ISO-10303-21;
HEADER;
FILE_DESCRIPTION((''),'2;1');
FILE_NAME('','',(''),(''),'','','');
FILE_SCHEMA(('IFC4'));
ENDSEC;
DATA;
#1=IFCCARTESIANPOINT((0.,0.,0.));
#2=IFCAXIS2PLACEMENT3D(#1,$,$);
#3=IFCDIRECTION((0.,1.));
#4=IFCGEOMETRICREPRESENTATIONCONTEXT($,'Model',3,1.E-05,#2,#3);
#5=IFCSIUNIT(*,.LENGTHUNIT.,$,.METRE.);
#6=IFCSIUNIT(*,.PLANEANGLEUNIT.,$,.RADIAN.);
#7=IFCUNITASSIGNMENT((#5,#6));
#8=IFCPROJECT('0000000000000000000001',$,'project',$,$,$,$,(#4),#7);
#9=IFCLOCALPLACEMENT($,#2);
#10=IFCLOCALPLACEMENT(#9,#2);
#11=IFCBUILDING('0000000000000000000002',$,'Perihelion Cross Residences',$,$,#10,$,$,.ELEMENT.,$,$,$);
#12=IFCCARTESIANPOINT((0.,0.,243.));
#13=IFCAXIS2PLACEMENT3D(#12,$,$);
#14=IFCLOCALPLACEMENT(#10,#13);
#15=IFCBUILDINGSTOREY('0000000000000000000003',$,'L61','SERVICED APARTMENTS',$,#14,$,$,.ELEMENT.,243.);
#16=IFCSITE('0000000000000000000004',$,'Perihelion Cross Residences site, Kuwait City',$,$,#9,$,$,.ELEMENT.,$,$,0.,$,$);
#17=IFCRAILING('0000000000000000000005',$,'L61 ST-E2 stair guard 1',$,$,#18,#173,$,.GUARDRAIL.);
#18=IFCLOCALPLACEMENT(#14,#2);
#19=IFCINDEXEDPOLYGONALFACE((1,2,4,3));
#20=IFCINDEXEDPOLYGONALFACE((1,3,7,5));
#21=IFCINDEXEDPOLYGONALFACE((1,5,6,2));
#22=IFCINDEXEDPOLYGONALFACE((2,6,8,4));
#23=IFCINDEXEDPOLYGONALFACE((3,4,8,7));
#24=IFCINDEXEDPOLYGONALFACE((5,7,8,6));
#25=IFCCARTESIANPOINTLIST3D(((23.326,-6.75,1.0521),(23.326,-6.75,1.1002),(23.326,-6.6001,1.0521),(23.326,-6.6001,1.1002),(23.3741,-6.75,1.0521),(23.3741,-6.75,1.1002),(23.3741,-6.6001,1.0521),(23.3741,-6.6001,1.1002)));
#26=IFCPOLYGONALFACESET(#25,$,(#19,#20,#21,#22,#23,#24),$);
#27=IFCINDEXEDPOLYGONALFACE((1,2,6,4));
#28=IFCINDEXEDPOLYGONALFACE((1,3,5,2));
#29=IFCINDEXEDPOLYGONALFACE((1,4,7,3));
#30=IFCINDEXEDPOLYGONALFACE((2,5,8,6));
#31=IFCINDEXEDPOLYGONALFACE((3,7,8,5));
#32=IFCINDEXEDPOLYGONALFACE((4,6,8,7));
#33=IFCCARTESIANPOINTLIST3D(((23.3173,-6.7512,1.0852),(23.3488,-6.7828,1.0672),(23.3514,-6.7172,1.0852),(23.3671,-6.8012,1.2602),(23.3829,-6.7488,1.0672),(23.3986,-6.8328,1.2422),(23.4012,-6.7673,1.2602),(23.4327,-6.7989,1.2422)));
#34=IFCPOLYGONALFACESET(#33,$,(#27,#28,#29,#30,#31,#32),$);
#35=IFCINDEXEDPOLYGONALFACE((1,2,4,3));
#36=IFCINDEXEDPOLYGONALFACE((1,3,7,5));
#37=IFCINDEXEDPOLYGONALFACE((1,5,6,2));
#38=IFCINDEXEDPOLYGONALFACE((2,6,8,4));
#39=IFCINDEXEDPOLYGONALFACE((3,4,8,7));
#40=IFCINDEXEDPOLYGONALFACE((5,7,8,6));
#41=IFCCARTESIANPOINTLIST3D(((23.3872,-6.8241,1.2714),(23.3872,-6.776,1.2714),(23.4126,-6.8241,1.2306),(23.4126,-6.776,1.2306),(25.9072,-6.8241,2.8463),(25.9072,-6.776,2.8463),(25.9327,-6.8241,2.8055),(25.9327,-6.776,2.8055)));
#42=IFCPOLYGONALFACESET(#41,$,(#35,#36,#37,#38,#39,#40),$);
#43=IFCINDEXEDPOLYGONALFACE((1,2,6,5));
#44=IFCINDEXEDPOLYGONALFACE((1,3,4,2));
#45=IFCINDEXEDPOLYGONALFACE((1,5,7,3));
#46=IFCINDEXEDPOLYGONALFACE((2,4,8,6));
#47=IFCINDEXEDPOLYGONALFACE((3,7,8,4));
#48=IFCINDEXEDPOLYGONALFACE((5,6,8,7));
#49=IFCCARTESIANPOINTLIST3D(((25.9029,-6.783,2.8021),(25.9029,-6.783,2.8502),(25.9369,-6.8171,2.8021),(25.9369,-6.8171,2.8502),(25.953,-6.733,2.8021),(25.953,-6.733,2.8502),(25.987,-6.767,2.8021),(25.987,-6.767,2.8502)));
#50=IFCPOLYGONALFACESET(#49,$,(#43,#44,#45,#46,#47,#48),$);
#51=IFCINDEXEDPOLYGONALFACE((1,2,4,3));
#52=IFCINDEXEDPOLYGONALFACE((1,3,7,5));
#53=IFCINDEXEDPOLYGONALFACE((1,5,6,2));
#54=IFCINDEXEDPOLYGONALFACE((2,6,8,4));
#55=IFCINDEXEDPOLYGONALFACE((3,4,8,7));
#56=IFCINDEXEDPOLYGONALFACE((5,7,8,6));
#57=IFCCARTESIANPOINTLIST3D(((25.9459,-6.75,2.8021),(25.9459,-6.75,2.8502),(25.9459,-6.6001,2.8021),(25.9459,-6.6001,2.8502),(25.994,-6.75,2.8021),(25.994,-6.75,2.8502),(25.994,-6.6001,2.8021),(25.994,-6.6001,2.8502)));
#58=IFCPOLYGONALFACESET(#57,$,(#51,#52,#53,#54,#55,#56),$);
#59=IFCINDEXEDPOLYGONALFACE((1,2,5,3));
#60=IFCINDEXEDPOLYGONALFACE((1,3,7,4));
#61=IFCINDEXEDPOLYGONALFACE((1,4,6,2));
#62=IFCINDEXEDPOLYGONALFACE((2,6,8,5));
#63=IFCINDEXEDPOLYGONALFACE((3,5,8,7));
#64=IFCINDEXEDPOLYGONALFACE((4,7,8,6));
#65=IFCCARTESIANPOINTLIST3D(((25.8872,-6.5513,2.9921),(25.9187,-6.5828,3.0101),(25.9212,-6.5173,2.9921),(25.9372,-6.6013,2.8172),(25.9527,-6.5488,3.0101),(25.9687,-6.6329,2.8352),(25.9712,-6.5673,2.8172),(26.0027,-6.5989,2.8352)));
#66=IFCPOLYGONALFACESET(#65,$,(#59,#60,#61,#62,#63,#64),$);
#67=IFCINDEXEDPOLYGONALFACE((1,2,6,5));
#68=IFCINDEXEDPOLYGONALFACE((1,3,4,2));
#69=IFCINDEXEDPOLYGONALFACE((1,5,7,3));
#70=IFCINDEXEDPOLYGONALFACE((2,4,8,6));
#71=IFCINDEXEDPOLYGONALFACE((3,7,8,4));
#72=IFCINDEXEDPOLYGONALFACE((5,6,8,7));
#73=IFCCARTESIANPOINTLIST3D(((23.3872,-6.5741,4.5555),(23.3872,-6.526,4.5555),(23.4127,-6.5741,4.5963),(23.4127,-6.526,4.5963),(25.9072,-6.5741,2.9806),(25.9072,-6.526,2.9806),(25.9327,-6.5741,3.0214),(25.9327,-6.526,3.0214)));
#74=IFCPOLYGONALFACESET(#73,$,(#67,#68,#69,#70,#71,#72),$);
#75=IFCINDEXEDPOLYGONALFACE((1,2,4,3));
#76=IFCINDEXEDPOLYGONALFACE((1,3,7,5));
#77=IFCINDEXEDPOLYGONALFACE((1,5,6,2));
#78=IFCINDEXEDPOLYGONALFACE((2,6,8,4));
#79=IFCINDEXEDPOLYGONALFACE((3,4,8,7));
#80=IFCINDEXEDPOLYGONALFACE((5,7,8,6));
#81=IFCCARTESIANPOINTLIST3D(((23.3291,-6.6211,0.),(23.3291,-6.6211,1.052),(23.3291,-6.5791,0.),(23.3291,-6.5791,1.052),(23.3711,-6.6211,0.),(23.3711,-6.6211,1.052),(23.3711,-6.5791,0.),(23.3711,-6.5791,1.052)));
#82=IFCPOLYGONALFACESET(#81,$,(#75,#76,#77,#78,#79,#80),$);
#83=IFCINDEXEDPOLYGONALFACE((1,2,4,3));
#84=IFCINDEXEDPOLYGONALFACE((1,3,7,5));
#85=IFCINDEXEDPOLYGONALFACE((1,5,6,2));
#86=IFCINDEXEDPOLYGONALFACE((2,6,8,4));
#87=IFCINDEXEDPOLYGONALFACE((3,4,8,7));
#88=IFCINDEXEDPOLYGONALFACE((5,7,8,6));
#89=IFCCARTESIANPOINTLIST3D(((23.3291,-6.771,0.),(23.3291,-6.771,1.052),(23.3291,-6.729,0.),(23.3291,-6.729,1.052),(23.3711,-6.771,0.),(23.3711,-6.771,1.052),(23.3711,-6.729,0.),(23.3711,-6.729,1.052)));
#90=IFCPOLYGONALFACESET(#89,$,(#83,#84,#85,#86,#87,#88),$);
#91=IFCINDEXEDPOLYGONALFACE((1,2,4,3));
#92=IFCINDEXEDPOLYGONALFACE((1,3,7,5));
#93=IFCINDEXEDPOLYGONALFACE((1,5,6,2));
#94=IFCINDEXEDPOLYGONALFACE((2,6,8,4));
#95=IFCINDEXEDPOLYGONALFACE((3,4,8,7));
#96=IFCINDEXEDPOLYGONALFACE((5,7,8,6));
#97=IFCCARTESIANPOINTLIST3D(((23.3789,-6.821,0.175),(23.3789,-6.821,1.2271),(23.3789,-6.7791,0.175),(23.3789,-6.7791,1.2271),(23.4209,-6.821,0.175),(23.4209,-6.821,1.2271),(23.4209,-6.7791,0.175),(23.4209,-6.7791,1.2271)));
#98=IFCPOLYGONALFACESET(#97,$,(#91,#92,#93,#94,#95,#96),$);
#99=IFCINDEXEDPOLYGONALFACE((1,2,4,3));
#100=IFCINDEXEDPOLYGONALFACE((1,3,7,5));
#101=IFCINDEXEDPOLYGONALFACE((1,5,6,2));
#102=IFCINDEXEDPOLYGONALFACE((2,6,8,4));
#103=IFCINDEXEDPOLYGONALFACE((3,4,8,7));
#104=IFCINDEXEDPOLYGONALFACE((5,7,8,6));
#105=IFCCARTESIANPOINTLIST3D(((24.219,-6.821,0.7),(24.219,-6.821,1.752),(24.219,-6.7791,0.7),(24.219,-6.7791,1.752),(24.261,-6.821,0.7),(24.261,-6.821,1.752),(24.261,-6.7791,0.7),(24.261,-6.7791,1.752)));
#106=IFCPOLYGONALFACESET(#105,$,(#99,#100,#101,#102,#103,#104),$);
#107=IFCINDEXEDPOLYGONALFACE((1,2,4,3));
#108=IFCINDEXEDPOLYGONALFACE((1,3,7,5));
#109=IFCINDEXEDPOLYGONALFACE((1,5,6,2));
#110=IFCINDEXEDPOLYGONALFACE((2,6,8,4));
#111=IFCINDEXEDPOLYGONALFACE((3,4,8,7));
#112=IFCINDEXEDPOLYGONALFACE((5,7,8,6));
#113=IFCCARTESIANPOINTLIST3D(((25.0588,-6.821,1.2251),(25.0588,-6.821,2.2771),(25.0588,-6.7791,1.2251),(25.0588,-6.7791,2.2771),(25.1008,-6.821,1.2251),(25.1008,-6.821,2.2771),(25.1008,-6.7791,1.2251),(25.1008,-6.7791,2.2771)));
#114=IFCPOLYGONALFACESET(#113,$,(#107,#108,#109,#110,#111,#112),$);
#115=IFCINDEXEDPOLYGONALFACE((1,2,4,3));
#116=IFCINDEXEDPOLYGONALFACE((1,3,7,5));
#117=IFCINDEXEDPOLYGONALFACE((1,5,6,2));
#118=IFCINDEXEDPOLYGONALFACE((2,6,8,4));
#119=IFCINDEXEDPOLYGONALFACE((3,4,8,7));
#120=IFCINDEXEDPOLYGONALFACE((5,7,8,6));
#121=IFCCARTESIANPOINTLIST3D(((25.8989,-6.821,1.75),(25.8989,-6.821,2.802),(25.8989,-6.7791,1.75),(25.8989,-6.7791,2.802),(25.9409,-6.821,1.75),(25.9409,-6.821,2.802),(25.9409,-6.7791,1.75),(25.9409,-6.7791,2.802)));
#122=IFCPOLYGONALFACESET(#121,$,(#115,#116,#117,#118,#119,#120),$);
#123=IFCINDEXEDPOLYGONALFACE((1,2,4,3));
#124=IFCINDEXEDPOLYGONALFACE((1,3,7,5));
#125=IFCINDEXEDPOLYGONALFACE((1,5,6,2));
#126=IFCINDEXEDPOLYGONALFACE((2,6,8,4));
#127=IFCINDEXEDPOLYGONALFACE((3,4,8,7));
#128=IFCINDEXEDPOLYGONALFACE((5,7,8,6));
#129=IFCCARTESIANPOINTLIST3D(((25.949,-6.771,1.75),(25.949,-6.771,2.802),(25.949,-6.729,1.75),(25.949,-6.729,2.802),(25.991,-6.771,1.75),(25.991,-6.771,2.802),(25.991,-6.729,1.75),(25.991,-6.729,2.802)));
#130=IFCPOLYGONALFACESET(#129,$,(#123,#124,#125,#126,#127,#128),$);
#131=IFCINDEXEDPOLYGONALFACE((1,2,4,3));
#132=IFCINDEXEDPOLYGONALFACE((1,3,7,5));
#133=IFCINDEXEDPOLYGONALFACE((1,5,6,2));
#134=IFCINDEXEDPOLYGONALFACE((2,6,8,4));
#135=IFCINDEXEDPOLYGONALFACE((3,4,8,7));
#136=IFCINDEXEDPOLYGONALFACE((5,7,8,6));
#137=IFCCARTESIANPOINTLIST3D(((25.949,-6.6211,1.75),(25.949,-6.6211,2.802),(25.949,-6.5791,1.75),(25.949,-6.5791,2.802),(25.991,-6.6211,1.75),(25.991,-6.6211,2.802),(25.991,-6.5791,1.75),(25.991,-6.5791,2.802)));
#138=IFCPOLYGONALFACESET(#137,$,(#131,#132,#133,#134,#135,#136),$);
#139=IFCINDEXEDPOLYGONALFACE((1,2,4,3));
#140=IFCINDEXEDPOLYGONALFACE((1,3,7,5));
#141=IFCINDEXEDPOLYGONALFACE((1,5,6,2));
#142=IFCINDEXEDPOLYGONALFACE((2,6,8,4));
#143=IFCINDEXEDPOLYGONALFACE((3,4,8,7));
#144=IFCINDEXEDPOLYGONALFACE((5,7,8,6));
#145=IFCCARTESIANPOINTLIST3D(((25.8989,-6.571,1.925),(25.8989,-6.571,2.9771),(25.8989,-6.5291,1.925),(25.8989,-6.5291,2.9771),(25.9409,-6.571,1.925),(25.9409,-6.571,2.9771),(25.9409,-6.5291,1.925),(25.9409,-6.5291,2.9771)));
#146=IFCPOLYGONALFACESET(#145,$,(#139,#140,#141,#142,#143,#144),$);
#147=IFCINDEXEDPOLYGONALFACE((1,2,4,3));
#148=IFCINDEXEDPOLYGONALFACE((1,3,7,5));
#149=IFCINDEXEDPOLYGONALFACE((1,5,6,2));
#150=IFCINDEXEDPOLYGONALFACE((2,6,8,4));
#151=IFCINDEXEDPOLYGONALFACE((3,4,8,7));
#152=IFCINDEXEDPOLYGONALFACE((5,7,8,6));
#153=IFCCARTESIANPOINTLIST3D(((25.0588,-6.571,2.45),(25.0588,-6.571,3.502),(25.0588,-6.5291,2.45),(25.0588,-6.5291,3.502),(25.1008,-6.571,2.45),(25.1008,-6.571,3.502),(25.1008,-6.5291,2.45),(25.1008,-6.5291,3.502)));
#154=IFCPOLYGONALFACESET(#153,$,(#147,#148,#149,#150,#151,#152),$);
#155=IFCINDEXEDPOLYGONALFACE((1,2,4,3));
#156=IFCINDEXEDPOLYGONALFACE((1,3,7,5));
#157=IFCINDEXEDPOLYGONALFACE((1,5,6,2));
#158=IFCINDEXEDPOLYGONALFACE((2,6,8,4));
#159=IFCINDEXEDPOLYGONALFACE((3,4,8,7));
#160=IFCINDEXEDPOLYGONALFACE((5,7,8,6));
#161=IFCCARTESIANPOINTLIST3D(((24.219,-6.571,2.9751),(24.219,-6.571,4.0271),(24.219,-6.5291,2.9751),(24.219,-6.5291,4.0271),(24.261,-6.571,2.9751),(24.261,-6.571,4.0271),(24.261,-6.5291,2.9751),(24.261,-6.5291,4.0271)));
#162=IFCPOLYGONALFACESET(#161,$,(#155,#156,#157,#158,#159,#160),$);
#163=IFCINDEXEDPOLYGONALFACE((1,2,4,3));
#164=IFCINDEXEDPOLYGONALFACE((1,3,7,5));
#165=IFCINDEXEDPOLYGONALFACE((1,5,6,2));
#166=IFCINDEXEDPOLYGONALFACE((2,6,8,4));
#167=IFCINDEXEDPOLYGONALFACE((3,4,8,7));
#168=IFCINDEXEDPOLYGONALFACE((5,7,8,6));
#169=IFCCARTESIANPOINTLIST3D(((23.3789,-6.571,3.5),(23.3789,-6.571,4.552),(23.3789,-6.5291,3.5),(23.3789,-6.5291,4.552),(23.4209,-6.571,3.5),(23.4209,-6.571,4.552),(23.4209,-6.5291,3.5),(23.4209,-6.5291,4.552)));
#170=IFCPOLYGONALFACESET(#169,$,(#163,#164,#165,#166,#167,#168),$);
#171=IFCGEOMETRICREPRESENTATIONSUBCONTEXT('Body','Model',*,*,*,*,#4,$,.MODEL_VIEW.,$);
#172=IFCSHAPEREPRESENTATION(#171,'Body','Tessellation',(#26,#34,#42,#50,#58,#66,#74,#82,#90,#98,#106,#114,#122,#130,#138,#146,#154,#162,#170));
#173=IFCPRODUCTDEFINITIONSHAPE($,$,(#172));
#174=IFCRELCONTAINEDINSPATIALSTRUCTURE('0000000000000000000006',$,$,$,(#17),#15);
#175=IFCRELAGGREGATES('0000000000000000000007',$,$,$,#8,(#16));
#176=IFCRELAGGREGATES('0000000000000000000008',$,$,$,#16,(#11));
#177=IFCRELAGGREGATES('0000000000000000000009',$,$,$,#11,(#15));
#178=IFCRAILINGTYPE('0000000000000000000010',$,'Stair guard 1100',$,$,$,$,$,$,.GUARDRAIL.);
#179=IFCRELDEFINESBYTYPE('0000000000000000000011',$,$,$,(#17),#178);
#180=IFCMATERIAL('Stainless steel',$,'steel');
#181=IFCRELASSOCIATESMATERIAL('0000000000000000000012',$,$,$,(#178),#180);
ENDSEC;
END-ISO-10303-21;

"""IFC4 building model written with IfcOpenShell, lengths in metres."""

from ifc_helpers import new_model, si_unit, direction, frame, origin, origin_2d, place, context, subcontext, project, spatial, rectangle, extrude, material, type_object, element, save


model = new_model("IFC4")

# Units and contexts
model_context = context("Model", 3, precision=1e-05, world=origin(), true_north=direction((0.0, 1.0)))
body_context = subcontext(model_context, "Body", "Model", "MODEL_VIEW")
ifc_project = project(units=[si_unit("LENGTHUNIT", "METRE"), si_unit("PLANEANGLEUNIT", "RADIAN")], contexts=[model_context])

# Site, building, storey
site_placement = place(None, origin())
site = spatial("IfcSite", under=ifc_project, at=site_placement, Name="Perihelion Cross Residences site, Kuwait City", CompositionType="ELEMENT", RefElevation=0.0)
building_placement = place(site_placement, origin())
building = spatial("IfcBuilding", under=site, at=building_placement, Name="Perihelion Cross Residences", CompositionType="ELEMENT")
storey_placement = place(building_placement, frame((0.0, 0.0, 243.0)))
storey = spatial("IfcBuildingStorey", under=building, at=storey_placement, Name="L61", Description="SERVICED APARTMENTS", CompositionType="ELEMENT", Elevation=243.0)

# Railing
ifc_material_1 = material(Name="Stainless steel", Category="steel")
railing_type_1 = type_object("IfcRailingType", Name="Stair guard 1100", PredefinedType="GUARDRAIL", material=ifc_material_1)
railing_1_placement = place(storey_placement, frame((23.3501, -6.6001, 0.0)))
element("IfcRailing", 1, at=railing_1_placement, inside=storey, type_object=railing_type_1, Name="L61 ST-E2 stair guard 1", PredefinedType="GUARDRAIL", context=body_context, shape_type="SweptSolid", body=[
    extrude(rectangle(XDim=0.0481, YDim=0.0481, at=origin_2d()), frame((0.0, 0.0, 1.0762), z_axis=(0.0, -1.0, 0.0), x_axis=(1.0, 0.0, 0.0)), (0.0, 0.0, 1.0), 0.1499),
    extrude(rectangle(XDim=0.0481, YDim=0.0481, at=origin_2d()), frame((0.0, -0.1499, 1.0762), z_axis=(0.263862, -0.265156, 0.927399), x_axis=(0.708834, 0.705376, 0.0)), (0.0, 0.0, 1.0), 0.1887),
    extrude(rectangle(XDim=0.0481, YDim=0.0481, at=origin_2d()), frame((0.0498, -0.2, 1.251), z_axis=(0.848008, 0.0, 0.529984), x_axis=(0.0, 1.0, 0.0)), (0.0, 0.0, 1.0), 2.9717),
    extrude(rectangle(XDim=0.0481, YDim=0.0481, at=origin_2d()), frame((2.5698, -0.2, 2.8262), z_axis=(0.707107, 0.707107, 0.0), x_axis=(-0.707107, 0.707107, 0.0)), (0.0, 0.0, 1.0), 0.0708),
    extrude(rectangle(XDim=0.0481, YDim=0.0481, at=origin_2d()), frame((2.6199, -0.1499, 2.8262), z_axis=(0.0, 1.0, 0.0), x_axis=(-1.0, 0.0, 0.0)), (0.0, 0.0, 1.0), 0.1499),
    extrude(rectangle(XDim=0.0481, YDim=0.0481, at=origin_2d()), frame((2.6199, 0.0, 2.8262), z_axis=(-0.265065, 0.265065, 0.927082), x_axis=(-0.707107, -0.707107, 0.0)), (0.0, 0.0, 1.0), 0.1887),
    extrude(rectangle(XDim=0.0481, YDim=0.0481, at=origin_2d()), frame((2.5698, 0.05, 3.001), z_axis=(-0.848008, 0.0, 0.529984), x_axis=(0.0, -1.0, 0.0)), (0.0, 0.0, 1.0), 2.9717),
    extrude(rectangle(XDim=0.042, YDim=0.042, at=origin_2d()), origin(), (0.0, 0.0, 1.0), 1.052),
    extrude(rectangle(XDim=0.042, YDim=0.042, at=origin_2d()), frame((0.0, -0.1499, 0.0)), (0.0, 0.0, 1.0), 1.052),
    extrude(rectangle(XDim=0.042, YDim=0.042, at=origin_2d()), frame((0.0498, -0.2, 0.175)), (0.0, 0.0, 1.0), 1.052),
    extrude(rectangle(XDim=0.042, YDim=0.042, at=origin_2d()), frame((0.8899, -0.2, 0.7)), (0.0, 0.0, 1.0), 1.052),
    extrude(rectangle(XDim=0.042, YDim=0.042, at=origin_2d()), frame((1.7297, -0.2, 1.2251)), (0.0, 0.0, 1.0), 1.052),
    extrude(rectangle(XDim=0.042, YDim=0.042, at=origin_2d()), frame((2.5698, -0.2, 1.75)), (0.0, 0.0, 1.0), 1.052),
    extrude(rectangle(XDim=0.042, YDim=0.042, at=origin_2d()), frame((2.6199, -0.1499, 1.75)), (0.0, 0.0, 1.0), 1.052),
    extrude(rectangle(XDim=0.042, YDim=0.042, at=origin_2d()), frame((2.6199, 0.0, 1.75)), (0.0, 0.0, 1.0), 1.052),
    extrude(rectangle(XDim=0.042, YDim=0.042, at=origin_2d()), frame((2.5698, 0.05, 1.925)), (0.0, 0.0, 1.0), 1.052),
    extrude(rectangle(XDim=0.042, YDim=0.042, at=origin_2d()), frame((1.7297, 0.05, 2.45)), (0.0, 0.0, 1.0), 1.052),
    extrude(rectangle(XDim=0.042, YDim=0.042, at=origin_2d()), frame((0.8899, 0.05, 2.9751)), (0.0, 0.0, 1.0), 1.052),
    extrude(rectangle(XDim=0.042, YDim=0.042, at=origin_2d()), frame((0.0498, 0.05, 3.5)), (0.0, 0.0, 1.0), 1.052),
])

save(model, "model.ifc")
